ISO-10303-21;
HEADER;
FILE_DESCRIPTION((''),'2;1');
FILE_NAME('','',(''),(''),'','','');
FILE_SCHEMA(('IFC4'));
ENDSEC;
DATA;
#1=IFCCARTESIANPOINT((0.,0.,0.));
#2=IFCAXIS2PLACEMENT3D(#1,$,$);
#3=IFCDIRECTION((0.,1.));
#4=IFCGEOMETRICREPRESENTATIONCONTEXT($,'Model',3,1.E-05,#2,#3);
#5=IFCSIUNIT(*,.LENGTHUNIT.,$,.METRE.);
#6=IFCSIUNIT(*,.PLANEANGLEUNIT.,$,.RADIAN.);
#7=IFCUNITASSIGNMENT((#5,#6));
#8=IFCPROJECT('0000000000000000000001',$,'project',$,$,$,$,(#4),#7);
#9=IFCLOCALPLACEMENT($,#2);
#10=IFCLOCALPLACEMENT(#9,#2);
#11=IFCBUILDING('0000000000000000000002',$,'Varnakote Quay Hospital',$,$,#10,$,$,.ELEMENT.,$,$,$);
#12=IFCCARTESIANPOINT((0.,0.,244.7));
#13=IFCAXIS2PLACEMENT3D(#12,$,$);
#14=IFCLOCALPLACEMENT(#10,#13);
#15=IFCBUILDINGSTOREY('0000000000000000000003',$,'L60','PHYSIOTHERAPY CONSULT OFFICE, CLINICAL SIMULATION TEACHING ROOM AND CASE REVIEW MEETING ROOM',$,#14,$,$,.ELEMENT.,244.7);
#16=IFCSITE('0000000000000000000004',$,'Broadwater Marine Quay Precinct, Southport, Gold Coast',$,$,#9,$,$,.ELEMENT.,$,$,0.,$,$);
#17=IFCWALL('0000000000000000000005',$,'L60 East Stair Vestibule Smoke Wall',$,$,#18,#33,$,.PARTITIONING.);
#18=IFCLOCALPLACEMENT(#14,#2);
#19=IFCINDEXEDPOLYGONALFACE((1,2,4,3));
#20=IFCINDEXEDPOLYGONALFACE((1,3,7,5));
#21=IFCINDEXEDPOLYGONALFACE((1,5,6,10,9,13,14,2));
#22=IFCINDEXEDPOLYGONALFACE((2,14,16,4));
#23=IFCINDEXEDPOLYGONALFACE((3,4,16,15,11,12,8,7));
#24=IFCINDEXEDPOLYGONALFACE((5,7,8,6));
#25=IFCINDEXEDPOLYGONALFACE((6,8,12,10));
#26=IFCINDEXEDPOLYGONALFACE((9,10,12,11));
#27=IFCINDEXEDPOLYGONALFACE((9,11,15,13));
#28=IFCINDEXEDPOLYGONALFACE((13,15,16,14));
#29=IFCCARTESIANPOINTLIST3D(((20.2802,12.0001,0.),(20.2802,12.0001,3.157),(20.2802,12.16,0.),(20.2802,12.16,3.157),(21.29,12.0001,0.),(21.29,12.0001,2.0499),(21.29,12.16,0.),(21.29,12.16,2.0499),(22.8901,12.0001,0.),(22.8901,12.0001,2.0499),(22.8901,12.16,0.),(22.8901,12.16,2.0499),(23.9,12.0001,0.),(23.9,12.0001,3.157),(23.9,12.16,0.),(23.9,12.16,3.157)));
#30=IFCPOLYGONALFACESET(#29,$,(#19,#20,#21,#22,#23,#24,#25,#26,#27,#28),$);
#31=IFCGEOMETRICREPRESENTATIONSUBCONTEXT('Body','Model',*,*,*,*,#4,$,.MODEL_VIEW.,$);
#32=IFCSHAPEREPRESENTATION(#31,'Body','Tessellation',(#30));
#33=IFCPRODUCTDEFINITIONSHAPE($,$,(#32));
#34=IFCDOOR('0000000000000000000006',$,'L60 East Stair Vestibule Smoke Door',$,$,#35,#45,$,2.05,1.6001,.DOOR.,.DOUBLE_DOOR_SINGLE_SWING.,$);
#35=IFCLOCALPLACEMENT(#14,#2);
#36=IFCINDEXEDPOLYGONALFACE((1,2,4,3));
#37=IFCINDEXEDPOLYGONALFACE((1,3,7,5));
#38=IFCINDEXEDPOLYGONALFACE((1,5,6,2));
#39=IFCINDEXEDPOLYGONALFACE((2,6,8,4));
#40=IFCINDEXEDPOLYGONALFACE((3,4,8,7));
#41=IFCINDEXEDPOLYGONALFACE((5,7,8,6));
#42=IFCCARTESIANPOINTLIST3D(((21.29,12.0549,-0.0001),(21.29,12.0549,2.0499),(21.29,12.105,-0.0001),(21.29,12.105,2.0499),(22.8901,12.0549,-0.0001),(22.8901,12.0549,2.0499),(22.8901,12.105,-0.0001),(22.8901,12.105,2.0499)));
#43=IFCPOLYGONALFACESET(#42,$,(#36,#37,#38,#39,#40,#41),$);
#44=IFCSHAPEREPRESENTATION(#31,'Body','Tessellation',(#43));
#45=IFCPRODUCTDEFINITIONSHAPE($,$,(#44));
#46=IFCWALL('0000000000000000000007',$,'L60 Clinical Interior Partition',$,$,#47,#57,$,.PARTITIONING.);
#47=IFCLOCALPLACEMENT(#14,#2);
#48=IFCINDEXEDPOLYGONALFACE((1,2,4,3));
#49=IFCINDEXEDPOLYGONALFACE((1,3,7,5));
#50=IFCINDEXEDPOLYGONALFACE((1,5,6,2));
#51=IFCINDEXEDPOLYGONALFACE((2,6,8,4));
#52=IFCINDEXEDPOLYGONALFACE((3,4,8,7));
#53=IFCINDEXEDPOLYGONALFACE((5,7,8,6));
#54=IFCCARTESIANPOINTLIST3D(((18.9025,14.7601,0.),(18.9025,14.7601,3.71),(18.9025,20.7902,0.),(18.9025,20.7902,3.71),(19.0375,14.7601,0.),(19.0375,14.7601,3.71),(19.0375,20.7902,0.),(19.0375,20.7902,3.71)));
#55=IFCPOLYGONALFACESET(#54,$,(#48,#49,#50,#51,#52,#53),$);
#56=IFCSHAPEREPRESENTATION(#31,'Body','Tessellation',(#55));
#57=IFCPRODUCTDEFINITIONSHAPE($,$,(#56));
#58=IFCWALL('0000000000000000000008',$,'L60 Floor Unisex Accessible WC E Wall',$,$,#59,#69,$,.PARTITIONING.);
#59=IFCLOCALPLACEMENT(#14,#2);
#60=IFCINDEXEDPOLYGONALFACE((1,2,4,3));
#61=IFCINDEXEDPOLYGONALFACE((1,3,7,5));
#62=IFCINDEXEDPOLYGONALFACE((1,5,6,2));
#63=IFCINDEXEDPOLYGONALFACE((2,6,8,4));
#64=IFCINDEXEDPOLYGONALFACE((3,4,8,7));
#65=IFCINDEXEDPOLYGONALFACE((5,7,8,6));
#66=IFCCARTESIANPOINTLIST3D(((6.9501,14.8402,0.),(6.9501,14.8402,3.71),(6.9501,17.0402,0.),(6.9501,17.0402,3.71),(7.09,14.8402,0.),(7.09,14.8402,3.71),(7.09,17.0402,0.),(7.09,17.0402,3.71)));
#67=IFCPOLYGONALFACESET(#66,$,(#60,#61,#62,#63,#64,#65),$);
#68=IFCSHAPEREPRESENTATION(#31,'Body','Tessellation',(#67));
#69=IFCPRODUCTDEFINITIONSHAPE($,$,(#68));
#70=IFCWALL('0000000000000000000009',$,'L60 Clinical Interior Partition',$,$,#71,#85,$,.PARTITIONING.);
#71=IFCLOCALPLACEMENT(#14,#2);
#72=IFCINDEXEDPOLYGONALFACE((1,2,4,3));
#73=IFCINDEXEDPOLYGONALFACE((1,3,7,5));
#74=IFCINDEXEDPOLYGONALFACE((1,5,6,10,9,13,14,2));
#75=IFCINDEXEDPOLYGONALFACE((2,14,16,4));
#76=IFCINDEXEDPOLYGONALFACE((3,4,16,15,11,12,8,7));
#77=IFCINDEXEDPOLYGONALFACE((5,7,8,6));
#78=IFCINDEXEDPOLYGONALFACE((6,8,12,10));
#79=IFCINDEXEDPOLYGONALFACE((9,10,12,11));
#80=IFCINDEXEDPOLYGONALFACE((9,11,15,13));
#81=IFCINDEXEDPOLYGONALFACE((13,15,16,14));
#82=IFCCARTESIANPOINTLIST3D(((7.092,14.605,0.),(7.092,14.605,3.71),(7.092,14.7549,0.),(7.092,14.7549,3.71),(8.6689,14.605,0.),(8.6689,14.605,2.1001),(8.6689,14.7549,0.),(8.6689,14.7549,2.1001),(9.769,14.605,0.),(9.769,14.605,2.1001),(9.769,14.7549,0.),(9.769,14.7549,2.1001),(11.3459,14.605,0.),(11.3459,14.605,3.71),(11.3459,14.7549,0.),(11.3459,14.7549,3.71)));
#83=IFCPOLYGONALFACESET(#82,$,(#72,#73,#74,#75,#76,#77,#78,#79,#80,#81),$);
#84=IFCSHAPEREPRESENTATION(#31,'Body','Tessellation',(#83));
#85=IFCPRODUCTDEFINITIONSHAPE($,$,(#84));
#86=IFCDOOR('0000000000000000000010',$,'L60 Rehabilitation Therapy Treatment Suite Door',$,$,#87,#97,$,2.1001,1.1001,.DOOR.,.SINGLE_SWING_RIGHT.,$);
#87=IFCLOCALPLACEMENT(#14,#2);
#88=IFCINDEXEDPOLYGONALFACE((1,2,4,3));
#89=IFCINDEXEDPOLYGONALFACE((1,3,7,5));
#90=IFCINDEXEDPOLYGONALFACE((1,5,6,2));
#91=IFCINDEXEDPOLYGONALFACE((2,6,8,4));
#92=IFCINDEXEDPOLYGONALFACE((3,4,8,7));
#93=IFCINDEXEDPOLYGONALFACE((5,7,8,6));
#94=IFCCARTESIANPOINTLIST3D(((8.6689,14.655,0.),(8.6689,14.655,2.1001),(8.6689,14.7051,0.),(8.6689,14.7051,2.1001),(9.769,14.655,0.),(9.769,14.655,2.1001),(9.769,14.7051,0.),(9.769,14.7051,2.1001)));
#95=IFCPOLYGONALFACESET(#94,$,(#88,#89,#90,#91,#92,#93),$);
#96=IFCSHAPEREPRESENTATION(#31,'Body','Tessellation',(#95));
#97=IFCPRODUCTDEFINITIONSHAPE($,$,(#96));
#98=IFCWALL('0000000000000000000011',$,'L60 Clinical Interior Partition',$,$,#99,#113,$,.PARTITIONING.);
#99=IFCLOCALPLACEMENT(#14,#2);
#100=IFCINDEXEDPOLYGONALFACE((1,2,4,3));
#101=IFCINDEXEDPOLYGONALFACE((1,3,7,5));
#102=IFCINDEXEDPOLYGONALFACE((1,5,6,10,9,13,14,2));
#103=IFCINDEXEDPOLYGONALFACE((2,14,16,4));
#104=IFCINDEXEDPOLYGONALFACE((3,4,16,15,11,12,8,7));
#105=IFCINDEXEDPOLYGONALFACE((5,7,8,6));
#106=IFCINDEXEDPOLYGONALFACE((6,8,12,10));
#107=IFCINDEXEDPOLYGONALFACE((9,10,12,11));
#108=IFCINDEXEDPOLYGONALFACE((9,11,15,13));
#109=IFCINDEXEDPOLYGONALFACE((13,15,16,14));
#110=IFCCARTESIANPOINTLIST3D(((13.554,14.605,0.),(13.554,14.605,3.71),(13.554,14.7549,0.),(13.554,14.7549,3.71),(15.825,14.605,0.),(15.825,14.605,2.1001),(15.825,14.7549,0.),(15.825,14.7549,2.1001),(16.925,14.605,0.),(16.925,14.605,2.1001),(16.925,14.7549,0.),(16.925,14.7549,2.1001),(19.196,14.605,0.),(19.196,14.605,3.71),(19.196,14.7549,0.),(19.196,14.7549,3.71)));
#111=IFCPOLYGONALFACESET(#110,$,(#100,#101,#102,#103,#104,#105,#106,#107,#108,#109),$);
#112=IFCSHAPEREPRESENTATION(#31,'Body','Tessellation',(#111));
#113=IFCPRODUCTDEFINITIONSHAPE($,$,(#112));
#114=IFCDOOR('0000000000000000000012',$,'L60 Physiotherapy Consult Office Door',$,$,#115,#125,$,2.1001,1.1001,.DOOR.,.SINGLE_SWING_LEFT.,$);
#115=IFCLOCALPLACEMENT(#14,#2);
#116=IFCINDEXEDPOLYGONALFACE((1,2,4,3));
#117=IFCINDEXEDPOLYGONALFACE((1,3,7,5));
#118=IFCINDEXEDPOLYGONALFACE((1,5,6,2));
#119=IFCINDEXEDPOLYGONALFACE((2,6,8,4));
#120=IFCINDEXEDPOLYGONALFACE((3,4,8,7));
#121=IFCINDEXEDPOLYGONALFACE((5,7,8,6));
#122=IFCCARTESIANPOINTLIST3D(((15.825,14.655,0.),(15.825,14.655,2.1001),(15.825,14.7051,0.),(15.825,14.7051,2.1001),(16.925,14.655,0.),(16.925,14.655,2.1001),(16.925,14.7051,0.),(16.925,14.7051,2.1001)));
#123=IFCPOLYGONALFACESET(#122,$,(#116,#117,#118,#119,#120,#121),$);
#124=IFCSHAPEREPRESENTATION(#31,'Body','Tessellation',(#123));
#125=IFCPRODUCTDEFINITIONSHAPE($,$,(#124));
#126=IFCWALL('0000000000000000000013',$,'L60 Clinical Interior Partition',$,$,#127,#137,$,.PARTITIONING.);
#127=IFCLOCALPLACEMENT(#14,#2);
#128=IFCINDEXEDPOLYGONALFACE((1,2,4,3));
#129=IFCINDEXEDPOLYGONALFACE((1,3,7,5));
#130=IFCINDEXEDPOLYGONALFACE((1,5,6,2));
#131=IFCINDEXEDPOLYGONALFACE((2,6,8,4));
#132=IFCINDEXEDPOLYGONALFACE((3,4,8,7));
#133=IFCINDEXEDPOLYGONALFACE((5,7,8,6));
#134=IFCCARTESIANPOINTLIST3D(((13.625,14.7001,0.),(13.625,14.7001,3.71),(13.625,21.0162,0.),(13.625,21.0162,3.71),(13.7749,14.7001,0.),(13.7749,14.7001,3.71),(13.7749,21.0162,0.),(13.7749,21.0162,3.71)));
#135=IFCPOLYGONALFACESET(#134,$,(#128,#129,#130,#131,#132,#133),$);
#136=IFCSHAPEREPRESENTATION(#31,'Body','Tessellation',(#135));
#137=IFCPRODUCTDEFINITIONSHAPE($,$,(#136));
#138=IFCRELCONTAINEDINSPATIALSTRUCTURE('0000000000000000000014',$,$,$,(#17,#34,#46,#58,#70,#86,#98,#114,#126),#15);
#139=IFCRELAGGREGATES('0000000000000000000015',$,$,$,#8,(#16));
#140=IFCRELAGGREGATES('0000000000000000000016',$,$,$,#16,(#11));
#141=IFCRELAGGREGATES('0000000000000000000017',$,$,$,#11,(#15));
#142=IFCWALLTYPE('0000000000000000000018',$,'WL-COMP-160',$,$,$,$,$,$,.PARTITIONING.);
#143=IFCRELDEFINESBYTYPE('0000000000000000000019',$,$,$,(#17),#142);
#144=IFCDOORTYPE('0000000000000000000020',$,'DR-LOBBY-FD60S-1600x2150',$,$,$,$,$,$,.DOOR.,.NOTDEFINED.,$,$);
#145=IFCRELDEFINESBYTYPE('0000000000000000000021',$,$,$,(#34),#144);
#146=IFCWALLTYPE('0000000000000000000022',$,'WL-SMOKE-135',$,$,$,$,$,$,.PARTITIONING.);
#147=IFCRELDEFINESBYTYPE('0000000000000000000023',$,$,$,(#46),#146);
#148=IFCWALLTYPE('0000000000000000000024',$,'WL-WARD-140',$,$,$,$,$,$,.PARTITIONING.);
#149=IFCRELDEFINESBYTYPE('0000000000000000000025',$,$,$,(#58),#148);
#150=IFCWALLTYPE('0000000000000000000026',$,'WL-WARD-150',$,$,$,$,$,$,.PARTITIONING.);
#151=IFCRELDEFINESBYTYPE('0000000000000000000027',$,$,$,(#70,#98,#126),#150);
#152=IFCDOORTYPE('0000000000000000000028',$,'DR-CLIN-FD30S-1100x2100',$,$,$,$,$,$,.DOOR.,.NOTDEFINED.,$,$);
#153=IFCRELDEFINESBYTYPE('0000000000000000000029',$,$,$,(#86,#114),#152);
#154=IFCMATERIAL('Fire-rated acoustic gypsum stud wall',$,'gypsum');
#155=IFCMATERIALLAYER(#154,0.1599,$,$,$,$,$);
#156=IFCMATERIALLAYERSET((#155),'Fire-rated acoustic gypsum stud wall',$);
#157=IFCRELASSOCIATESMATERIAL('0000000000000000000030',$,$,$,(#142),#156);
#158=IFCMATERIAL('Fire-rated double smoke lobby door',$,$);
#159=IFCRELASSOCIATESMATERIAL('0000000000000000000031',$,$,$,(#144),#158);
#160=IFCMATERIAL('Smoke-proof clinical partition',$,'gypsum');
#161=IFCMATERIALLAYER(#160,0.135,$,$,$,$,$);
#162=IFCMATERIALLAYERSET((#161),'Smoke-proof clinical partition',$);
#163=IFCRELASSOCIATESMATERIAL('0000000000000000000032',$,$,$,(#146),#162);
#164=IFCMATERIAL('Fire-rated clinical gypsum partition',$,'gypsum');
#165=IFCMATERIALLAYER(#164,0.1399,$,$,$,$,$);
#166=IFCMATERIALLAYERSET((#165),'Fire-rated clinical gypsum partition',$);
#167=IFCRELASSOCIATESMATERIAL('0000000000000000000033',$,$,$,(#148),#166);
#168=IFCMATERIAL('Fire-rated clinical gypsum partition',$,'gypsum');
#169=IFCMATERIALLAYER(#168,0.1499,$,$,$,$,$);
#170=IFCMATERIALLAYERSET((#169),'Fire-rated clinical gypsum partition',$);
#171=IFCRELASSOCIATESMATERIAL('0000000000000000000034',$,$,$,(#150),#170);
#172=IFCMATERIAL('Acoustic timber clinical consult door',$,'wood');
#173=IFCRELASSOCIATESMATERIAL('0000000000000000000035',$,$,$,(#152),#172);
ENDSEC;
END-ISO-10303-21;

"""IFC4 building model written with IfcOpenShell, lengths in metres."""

from ifc_helpers import new_model, si_unit, direction, frame, frame_2d, origin, place, context, subcontext, project, spatial, rectangle, extrude, material, layer, layer_set, type_object, element, fill, save


model = new_model("IFC4")

# Units and contexts
model_context = context("Model", 3, precision=1e-05, world=origin(), true_north=direction((0.0, 1.0)))
body_context = subcontext(model_context, "Body", "Model", "MODEL_VIEW")
ifc_project = project(units=[si_unit("LENGTHUNIT", "METRE"), si_unit("PLANEANGLEUNIT", "RADIAN")], contexts=[model_context])

# Site, building, storey
site_placement = place(None, origin())
site = spatial("IfcSite", under=ifc_project, at=site_placement, Name="Broadwater Marine Quay Precinct, Southport, Gold Coast", CompositionType="ELEMENT", RefElevation=0.0)
building_placement = place(site_placement, origin())
building = spatial("IfcBuilding", under=site, at=building_placement, Name="Varnakote Quay Hospital", CompositionType="ELEMENT")
storey_placement = place(building_placement, frame((0.0, 0.0, 244.7)))
storey = spatial("IfcBuildingStorey", under=building, at=storey_placement, Name="L60", Description="PHYSIOTHERAPY CONSULT OFFICE, CLINICAL SIMULATION TEACHING ROOM AND CASE REVIEW MEETING ROOM", CompositionType="ELEMENT", Elevation=244.7)

# Wall, opening, door
ifc_material_1 = material(Name="Fire-rated acoustic gypsum stud wall", Category="gypsum")
ifc_layer_1 = layer(ifc_material_1, 0.1599)
ifc_layer_set_1 = layer_set([ifc_layer_1], Name="Fire-rated acoustic gypsum stud wall")
wall_type_1 = type_object("IfcWallType", Name="WL-COMP-160", PredefinedType="PARTITIONING", material=ifc_layer_set_1)
ifc_material_2 = material(Name="Fire-rated double smoke lobby door")
door_type_1 = type_object("IfcDoorType", Name="DR-LOBBY-FD60S-1600x2150", OperationType="NOTDEFINED", PredefinedType="DOOR", material=ifc_material_2)
wall_1_placement = place(storey_placement, frame((20.28, 12.0801, 0.0), z_axis=(0.0, 0.0, 1.0), x_axis=(1.0, 0.0, 0.0)))
wall_1 = element("IfcWall", 1, at=wall_1_placement, inside=storey, type_object=wall_type_1, Name="L60 East Stair Vestibule Smoke Wall", PredefinedType="PARTITIONING", context=body_context, shape_type="SweptSolid", body=[
    extrude(rectangle(XDim=3.6199, YDim=0.1599, at=frame_2d((1.8101, 0.0))), origin(), (0.0, 0.0, 1.0), 3.157),
])
opening_1_placement = place(wall_1_placement, frame((1.01, 0.0, 0.0)))
opening_1 = element("IfcOpeningElement", 2, at=opening_1_placement, cuts=wall_1, PredefinedType="OPENING", context=body_context, shape_type="SweptSolid", body=[
    extrude(rectangle(XDim=1.6001, YDim=2.05, at=frame_2d((0.8, 1.0249))), frame((0.0, 0.0898, 0.0), z_axis=(0.0, -1.0, 0.0), x_axis=(1.0, 0.0, 0.0)), (0.0, 0.0, 1.0), 0.1799),
])
door_1_placement = place(opening_1_placement, origin())
door_1 = element("IfcDoor", 3, at=door_1_placement, inside=storey, type_object=door_type_1, Name="L60 East Stair Vestibule Smoke Door", OperationType="DOUBLE_DOOR_SINGLE_SWING", OverallHeight=2.05, OverallWidth=1.6001, PredefinedType="DOOR", context=body_context, shape_type="SweptSolid", body=[
    extrude(rectangle(XDim=1.6001, YDim=2.05, at=frame_2d((0.8, 1.0249))), frame((0.0, 0.0249, 0.0), z_axis=(0.0, -1.0, 0.0), x_axis=(1.0, 0.0, 0.0)), (0.0, 0.0, 1.0), 0.05),
])
fill(opening_1, door_1)

# Walls
ifc_material_3 = material(Name="Smoke-proof clinical partition", Category="gypsum")
ifc_layer_2 = layer(ifc_material_3, 0.135)
ifc_layer_set_2 = layer_set([ifc_layer_2], Name="Smoke-proof clinical partition")
wall_type_2 = type_object("IfcWallType", Name="WL-SMOKE-135", PredefinedType="PARTITIONING", material=ifc_layer_set_2)
wall_2_placement = place(storey_placement, frame((18.97, 14.76, 0.0), z_axis=(0.0, 0.0, 1.0), x_axis=(0.0, 1.0, 0.0)))
element("IfcWall", 4, at=wall_2_placement, inside=storey, type_object=wall_type_2, Name="L60 Clinical Interior Partition", PredefinedType="PARTITIONING", context=body_context, shape_type="SweptSolid", body=[
    extrude(rectangle(XDim=6.03, YDim=0.135, at=frame_2d((3.0151, 0.0))), origin(), (0.0, 0.0, 1.0), 3.71),
])
ifc_material_4 = material(Name="Fire-rated clinical gypsum partition", Category="gypsum")
ifc_layer_3 = layer(ifc_material_4, 0.1399)
ifc_layer_set_3 = layer_set([ifc_layer_3], Name="Fire-rated clinical gypsum partition")
wall_type_3 = type_object("IfcWallType", Name="WL-WARD-140", PredefinedType="PARTITIONING", material=ifc_layer_set_3)
wall_3_placement = place(storey_placement, frame((7.02, 14.8401, 0.0), z_axis=(0.0, 0.0, 1.0), x_axis=(0.0, 1.0, 0.0)))
element("IfcWall", 5, at=wall_3_placement, inside=storey, type_object=wall_type_3, Name="L60 Floor Unisex Accessible WC E Wall", PredefinedType="PARTITIONING", context=body_context, shape_type="SweptSolid", body=[
    extrude(rectangle(XDim=2.2, YDim=0.1399, at=frame_2d((1.1001, 0.0))), origin(), (0.0, 0.0, 1.0), 3.71),
])

# Walls, openings, doors
ifc_material_5 = material(Name="Fire-rated clinical gypsum partition", Category="gypsum")
ifc_layer_4 = layer(ifc_material_5, 0.1499)
ifc_layer_set_4 = layer_set([ifc_layer_4], Name="Fire-rated clinical gypsum partition")
wall_type_4 = type_object("IfcWallType", Name="WL-WARD-150", PredefinedType="PARTITIONING", material=ifc_layer_set_4)
wall_4_placement = place(storey_placement, frame((11.3459, 14.6799, 0.0), z_axis=(0.0, 0.0, 1.0), x_axis=(-1.0, 0.0, 0.0)))
wall_4 = element("IfcWall", 6, at=wall_4_placement, inside=storey, type_object=wall_type_4, Name="L60 Clinical Interior Partition", PredefinedType="PARTITIONING", context=body_context, shape_type="SweptSolid", body=[
    extrude(rectangle(XDim=4.2539, YDim=0.1499, at=frame_2d((2.127, 0.0))), origin(), (0.0, 0.0, 1.0), 3.71),
])
opening_2_placement = place(wall_4_placement, frame((1.5769, 0.0, 0.0)))
opening_2 = element("IfcOpeningElement", 7, at=opening_2_placement, cuts=wall_4, PredefinedType="OPENING", context=body_context, shape_type="SweptSolid", body=[
    extrude(rectangle(XDim=1.1001, YDim=2.1001, at=frame_2d((0.55, 1.05))), frame((0.0, 0.085, 0.0), z_axis=(0.0, -1.0, 0.0), x_axis=(1.0, 0.0, 0.0)), (0.0, 0.0, 1.0), 0.1699),
])
ifc_material_6 = material(Name="Acoustic timber clinical consult door", Category="wood")
door_type_2 = type_object("IfcDoorType", Name="DR-CLIN-FD30S-1100x2100", OperationType="NOTDEFINED", PredefinedType="DOOR", material=ifc_material_6)
door_2_placement = place(opening_2_placement, origin())
door_2 = element("IfcDoor", 8, at=door_2_placement, inside=storey, type_object=door_type_2, Name="L60 Rehabilitation Therapy Treatment Suite Door", OperationType="SINGLE_SWING_RIGHT", OverallHeight=2.1001, OverallWidth=1.1001, PredefinedType="DOOR", context=body_context, shape_type="SweptSolid", body=[
    extrude(rectangle(XDim=1.1001, YDim=2.1001, at=frame_2d((0.55, 1.05))), frame((0.0, 0.0249, 0.0), z_axis=(0.0, -1.0, 0.0), x_axis=(1.0, 0.0, 0.0)), (0.0, 0.0, 1.0), 0.05),
])
fill(opening_2, door_2)
wall_5_placement = place(storey_placement, frame((19.196, 14.6799, 0.0), z_axis=(0.0, 0.0, 1.0), x_axis=(-1.0, 0.0, 0.0)))
wall_5 = element("IfcWall", 9, at=wall_5_placement, inside=storey, type_object=wall_type_4, Name="L60 Clinical Interior Partition", PredefinedType="PARTITIONING", context=body_context, shape_type="SweptSolid", body=[
    extrude(rectangle(XDim=5.6421, YDim=0.1499, at=frame_2d((2.821, 0.0))), origin(), (0.0, 0.0, 1.0), 3.71),
])
opening_3_placement = place(wall_5_placement, frame((2.271, 0.0, 0.0)))
opening_3 = element("IfcOpeningElement", 10, at=opening_3_placement, cuts=wall_5, PredefinedType="OPENING", context=body_context, shape_type="SweptSolid", body=[
    extrude(rectangle(XDim=1.1001, YDim=2.1001, at=frame_2d((0.55, 1.05))), frame((0.0, 0.085, 0.0), z_axis=(0.0, -1.0, 0.0), x_axis=(1.0, 0.0, 0.0)), (0.0, 0.0, 1.0), 0.1699),
])
door_3_placement = place(opening_3_placement, origin())
door_3 = element("IfcDoor", 11, at=door_3_placement, inside=storey, type_object=door_type_2, Name="L60 Physiotherapy Consult Office Door", OperationType="SINGLE_SWING_LEFT", OverallHeight=2.1001, OverallWidth=1.1001, PredefinedType="DOOR", context=body_context, shape_type="SweptSolid", body=[
    extrude(rectangle(XDim=1.1001, YDim=2.1001, at=frame_2d((0.55, 1.05))), frame((0.0, 0.0249, 0.0), z_axis=(0.0, -1.0, 0.0), x_axis=(1.0, 0.0, 0.0)), (0.0, 0.0, 1.0), 0.05),
])
fill(opening_3, door_3)

# Wall
wall_6_placement = place(storey_placement, frame((13.7, 14.7, 0.0), z_axis=(0.0, 0.0, 1.0), x_axis=(0.0, 1.0, 0.0)))
element("IfcWall", 12, at=wall_6_placement, inside=storey, type_object=wall_type_4, Name="L60 Clinical Interior Partition", PredefinedType="PARTITIONING", context=body_context, shape_type="SweptSolid", body=[
    extrude(rectangle(XDim=6.3162, YDim=0.1499, at=frame_2d((3.1582, 0.0))), origin(), (0.0, 0.0, 1.0), 3.71),
])

save(model, "model.ifc")
